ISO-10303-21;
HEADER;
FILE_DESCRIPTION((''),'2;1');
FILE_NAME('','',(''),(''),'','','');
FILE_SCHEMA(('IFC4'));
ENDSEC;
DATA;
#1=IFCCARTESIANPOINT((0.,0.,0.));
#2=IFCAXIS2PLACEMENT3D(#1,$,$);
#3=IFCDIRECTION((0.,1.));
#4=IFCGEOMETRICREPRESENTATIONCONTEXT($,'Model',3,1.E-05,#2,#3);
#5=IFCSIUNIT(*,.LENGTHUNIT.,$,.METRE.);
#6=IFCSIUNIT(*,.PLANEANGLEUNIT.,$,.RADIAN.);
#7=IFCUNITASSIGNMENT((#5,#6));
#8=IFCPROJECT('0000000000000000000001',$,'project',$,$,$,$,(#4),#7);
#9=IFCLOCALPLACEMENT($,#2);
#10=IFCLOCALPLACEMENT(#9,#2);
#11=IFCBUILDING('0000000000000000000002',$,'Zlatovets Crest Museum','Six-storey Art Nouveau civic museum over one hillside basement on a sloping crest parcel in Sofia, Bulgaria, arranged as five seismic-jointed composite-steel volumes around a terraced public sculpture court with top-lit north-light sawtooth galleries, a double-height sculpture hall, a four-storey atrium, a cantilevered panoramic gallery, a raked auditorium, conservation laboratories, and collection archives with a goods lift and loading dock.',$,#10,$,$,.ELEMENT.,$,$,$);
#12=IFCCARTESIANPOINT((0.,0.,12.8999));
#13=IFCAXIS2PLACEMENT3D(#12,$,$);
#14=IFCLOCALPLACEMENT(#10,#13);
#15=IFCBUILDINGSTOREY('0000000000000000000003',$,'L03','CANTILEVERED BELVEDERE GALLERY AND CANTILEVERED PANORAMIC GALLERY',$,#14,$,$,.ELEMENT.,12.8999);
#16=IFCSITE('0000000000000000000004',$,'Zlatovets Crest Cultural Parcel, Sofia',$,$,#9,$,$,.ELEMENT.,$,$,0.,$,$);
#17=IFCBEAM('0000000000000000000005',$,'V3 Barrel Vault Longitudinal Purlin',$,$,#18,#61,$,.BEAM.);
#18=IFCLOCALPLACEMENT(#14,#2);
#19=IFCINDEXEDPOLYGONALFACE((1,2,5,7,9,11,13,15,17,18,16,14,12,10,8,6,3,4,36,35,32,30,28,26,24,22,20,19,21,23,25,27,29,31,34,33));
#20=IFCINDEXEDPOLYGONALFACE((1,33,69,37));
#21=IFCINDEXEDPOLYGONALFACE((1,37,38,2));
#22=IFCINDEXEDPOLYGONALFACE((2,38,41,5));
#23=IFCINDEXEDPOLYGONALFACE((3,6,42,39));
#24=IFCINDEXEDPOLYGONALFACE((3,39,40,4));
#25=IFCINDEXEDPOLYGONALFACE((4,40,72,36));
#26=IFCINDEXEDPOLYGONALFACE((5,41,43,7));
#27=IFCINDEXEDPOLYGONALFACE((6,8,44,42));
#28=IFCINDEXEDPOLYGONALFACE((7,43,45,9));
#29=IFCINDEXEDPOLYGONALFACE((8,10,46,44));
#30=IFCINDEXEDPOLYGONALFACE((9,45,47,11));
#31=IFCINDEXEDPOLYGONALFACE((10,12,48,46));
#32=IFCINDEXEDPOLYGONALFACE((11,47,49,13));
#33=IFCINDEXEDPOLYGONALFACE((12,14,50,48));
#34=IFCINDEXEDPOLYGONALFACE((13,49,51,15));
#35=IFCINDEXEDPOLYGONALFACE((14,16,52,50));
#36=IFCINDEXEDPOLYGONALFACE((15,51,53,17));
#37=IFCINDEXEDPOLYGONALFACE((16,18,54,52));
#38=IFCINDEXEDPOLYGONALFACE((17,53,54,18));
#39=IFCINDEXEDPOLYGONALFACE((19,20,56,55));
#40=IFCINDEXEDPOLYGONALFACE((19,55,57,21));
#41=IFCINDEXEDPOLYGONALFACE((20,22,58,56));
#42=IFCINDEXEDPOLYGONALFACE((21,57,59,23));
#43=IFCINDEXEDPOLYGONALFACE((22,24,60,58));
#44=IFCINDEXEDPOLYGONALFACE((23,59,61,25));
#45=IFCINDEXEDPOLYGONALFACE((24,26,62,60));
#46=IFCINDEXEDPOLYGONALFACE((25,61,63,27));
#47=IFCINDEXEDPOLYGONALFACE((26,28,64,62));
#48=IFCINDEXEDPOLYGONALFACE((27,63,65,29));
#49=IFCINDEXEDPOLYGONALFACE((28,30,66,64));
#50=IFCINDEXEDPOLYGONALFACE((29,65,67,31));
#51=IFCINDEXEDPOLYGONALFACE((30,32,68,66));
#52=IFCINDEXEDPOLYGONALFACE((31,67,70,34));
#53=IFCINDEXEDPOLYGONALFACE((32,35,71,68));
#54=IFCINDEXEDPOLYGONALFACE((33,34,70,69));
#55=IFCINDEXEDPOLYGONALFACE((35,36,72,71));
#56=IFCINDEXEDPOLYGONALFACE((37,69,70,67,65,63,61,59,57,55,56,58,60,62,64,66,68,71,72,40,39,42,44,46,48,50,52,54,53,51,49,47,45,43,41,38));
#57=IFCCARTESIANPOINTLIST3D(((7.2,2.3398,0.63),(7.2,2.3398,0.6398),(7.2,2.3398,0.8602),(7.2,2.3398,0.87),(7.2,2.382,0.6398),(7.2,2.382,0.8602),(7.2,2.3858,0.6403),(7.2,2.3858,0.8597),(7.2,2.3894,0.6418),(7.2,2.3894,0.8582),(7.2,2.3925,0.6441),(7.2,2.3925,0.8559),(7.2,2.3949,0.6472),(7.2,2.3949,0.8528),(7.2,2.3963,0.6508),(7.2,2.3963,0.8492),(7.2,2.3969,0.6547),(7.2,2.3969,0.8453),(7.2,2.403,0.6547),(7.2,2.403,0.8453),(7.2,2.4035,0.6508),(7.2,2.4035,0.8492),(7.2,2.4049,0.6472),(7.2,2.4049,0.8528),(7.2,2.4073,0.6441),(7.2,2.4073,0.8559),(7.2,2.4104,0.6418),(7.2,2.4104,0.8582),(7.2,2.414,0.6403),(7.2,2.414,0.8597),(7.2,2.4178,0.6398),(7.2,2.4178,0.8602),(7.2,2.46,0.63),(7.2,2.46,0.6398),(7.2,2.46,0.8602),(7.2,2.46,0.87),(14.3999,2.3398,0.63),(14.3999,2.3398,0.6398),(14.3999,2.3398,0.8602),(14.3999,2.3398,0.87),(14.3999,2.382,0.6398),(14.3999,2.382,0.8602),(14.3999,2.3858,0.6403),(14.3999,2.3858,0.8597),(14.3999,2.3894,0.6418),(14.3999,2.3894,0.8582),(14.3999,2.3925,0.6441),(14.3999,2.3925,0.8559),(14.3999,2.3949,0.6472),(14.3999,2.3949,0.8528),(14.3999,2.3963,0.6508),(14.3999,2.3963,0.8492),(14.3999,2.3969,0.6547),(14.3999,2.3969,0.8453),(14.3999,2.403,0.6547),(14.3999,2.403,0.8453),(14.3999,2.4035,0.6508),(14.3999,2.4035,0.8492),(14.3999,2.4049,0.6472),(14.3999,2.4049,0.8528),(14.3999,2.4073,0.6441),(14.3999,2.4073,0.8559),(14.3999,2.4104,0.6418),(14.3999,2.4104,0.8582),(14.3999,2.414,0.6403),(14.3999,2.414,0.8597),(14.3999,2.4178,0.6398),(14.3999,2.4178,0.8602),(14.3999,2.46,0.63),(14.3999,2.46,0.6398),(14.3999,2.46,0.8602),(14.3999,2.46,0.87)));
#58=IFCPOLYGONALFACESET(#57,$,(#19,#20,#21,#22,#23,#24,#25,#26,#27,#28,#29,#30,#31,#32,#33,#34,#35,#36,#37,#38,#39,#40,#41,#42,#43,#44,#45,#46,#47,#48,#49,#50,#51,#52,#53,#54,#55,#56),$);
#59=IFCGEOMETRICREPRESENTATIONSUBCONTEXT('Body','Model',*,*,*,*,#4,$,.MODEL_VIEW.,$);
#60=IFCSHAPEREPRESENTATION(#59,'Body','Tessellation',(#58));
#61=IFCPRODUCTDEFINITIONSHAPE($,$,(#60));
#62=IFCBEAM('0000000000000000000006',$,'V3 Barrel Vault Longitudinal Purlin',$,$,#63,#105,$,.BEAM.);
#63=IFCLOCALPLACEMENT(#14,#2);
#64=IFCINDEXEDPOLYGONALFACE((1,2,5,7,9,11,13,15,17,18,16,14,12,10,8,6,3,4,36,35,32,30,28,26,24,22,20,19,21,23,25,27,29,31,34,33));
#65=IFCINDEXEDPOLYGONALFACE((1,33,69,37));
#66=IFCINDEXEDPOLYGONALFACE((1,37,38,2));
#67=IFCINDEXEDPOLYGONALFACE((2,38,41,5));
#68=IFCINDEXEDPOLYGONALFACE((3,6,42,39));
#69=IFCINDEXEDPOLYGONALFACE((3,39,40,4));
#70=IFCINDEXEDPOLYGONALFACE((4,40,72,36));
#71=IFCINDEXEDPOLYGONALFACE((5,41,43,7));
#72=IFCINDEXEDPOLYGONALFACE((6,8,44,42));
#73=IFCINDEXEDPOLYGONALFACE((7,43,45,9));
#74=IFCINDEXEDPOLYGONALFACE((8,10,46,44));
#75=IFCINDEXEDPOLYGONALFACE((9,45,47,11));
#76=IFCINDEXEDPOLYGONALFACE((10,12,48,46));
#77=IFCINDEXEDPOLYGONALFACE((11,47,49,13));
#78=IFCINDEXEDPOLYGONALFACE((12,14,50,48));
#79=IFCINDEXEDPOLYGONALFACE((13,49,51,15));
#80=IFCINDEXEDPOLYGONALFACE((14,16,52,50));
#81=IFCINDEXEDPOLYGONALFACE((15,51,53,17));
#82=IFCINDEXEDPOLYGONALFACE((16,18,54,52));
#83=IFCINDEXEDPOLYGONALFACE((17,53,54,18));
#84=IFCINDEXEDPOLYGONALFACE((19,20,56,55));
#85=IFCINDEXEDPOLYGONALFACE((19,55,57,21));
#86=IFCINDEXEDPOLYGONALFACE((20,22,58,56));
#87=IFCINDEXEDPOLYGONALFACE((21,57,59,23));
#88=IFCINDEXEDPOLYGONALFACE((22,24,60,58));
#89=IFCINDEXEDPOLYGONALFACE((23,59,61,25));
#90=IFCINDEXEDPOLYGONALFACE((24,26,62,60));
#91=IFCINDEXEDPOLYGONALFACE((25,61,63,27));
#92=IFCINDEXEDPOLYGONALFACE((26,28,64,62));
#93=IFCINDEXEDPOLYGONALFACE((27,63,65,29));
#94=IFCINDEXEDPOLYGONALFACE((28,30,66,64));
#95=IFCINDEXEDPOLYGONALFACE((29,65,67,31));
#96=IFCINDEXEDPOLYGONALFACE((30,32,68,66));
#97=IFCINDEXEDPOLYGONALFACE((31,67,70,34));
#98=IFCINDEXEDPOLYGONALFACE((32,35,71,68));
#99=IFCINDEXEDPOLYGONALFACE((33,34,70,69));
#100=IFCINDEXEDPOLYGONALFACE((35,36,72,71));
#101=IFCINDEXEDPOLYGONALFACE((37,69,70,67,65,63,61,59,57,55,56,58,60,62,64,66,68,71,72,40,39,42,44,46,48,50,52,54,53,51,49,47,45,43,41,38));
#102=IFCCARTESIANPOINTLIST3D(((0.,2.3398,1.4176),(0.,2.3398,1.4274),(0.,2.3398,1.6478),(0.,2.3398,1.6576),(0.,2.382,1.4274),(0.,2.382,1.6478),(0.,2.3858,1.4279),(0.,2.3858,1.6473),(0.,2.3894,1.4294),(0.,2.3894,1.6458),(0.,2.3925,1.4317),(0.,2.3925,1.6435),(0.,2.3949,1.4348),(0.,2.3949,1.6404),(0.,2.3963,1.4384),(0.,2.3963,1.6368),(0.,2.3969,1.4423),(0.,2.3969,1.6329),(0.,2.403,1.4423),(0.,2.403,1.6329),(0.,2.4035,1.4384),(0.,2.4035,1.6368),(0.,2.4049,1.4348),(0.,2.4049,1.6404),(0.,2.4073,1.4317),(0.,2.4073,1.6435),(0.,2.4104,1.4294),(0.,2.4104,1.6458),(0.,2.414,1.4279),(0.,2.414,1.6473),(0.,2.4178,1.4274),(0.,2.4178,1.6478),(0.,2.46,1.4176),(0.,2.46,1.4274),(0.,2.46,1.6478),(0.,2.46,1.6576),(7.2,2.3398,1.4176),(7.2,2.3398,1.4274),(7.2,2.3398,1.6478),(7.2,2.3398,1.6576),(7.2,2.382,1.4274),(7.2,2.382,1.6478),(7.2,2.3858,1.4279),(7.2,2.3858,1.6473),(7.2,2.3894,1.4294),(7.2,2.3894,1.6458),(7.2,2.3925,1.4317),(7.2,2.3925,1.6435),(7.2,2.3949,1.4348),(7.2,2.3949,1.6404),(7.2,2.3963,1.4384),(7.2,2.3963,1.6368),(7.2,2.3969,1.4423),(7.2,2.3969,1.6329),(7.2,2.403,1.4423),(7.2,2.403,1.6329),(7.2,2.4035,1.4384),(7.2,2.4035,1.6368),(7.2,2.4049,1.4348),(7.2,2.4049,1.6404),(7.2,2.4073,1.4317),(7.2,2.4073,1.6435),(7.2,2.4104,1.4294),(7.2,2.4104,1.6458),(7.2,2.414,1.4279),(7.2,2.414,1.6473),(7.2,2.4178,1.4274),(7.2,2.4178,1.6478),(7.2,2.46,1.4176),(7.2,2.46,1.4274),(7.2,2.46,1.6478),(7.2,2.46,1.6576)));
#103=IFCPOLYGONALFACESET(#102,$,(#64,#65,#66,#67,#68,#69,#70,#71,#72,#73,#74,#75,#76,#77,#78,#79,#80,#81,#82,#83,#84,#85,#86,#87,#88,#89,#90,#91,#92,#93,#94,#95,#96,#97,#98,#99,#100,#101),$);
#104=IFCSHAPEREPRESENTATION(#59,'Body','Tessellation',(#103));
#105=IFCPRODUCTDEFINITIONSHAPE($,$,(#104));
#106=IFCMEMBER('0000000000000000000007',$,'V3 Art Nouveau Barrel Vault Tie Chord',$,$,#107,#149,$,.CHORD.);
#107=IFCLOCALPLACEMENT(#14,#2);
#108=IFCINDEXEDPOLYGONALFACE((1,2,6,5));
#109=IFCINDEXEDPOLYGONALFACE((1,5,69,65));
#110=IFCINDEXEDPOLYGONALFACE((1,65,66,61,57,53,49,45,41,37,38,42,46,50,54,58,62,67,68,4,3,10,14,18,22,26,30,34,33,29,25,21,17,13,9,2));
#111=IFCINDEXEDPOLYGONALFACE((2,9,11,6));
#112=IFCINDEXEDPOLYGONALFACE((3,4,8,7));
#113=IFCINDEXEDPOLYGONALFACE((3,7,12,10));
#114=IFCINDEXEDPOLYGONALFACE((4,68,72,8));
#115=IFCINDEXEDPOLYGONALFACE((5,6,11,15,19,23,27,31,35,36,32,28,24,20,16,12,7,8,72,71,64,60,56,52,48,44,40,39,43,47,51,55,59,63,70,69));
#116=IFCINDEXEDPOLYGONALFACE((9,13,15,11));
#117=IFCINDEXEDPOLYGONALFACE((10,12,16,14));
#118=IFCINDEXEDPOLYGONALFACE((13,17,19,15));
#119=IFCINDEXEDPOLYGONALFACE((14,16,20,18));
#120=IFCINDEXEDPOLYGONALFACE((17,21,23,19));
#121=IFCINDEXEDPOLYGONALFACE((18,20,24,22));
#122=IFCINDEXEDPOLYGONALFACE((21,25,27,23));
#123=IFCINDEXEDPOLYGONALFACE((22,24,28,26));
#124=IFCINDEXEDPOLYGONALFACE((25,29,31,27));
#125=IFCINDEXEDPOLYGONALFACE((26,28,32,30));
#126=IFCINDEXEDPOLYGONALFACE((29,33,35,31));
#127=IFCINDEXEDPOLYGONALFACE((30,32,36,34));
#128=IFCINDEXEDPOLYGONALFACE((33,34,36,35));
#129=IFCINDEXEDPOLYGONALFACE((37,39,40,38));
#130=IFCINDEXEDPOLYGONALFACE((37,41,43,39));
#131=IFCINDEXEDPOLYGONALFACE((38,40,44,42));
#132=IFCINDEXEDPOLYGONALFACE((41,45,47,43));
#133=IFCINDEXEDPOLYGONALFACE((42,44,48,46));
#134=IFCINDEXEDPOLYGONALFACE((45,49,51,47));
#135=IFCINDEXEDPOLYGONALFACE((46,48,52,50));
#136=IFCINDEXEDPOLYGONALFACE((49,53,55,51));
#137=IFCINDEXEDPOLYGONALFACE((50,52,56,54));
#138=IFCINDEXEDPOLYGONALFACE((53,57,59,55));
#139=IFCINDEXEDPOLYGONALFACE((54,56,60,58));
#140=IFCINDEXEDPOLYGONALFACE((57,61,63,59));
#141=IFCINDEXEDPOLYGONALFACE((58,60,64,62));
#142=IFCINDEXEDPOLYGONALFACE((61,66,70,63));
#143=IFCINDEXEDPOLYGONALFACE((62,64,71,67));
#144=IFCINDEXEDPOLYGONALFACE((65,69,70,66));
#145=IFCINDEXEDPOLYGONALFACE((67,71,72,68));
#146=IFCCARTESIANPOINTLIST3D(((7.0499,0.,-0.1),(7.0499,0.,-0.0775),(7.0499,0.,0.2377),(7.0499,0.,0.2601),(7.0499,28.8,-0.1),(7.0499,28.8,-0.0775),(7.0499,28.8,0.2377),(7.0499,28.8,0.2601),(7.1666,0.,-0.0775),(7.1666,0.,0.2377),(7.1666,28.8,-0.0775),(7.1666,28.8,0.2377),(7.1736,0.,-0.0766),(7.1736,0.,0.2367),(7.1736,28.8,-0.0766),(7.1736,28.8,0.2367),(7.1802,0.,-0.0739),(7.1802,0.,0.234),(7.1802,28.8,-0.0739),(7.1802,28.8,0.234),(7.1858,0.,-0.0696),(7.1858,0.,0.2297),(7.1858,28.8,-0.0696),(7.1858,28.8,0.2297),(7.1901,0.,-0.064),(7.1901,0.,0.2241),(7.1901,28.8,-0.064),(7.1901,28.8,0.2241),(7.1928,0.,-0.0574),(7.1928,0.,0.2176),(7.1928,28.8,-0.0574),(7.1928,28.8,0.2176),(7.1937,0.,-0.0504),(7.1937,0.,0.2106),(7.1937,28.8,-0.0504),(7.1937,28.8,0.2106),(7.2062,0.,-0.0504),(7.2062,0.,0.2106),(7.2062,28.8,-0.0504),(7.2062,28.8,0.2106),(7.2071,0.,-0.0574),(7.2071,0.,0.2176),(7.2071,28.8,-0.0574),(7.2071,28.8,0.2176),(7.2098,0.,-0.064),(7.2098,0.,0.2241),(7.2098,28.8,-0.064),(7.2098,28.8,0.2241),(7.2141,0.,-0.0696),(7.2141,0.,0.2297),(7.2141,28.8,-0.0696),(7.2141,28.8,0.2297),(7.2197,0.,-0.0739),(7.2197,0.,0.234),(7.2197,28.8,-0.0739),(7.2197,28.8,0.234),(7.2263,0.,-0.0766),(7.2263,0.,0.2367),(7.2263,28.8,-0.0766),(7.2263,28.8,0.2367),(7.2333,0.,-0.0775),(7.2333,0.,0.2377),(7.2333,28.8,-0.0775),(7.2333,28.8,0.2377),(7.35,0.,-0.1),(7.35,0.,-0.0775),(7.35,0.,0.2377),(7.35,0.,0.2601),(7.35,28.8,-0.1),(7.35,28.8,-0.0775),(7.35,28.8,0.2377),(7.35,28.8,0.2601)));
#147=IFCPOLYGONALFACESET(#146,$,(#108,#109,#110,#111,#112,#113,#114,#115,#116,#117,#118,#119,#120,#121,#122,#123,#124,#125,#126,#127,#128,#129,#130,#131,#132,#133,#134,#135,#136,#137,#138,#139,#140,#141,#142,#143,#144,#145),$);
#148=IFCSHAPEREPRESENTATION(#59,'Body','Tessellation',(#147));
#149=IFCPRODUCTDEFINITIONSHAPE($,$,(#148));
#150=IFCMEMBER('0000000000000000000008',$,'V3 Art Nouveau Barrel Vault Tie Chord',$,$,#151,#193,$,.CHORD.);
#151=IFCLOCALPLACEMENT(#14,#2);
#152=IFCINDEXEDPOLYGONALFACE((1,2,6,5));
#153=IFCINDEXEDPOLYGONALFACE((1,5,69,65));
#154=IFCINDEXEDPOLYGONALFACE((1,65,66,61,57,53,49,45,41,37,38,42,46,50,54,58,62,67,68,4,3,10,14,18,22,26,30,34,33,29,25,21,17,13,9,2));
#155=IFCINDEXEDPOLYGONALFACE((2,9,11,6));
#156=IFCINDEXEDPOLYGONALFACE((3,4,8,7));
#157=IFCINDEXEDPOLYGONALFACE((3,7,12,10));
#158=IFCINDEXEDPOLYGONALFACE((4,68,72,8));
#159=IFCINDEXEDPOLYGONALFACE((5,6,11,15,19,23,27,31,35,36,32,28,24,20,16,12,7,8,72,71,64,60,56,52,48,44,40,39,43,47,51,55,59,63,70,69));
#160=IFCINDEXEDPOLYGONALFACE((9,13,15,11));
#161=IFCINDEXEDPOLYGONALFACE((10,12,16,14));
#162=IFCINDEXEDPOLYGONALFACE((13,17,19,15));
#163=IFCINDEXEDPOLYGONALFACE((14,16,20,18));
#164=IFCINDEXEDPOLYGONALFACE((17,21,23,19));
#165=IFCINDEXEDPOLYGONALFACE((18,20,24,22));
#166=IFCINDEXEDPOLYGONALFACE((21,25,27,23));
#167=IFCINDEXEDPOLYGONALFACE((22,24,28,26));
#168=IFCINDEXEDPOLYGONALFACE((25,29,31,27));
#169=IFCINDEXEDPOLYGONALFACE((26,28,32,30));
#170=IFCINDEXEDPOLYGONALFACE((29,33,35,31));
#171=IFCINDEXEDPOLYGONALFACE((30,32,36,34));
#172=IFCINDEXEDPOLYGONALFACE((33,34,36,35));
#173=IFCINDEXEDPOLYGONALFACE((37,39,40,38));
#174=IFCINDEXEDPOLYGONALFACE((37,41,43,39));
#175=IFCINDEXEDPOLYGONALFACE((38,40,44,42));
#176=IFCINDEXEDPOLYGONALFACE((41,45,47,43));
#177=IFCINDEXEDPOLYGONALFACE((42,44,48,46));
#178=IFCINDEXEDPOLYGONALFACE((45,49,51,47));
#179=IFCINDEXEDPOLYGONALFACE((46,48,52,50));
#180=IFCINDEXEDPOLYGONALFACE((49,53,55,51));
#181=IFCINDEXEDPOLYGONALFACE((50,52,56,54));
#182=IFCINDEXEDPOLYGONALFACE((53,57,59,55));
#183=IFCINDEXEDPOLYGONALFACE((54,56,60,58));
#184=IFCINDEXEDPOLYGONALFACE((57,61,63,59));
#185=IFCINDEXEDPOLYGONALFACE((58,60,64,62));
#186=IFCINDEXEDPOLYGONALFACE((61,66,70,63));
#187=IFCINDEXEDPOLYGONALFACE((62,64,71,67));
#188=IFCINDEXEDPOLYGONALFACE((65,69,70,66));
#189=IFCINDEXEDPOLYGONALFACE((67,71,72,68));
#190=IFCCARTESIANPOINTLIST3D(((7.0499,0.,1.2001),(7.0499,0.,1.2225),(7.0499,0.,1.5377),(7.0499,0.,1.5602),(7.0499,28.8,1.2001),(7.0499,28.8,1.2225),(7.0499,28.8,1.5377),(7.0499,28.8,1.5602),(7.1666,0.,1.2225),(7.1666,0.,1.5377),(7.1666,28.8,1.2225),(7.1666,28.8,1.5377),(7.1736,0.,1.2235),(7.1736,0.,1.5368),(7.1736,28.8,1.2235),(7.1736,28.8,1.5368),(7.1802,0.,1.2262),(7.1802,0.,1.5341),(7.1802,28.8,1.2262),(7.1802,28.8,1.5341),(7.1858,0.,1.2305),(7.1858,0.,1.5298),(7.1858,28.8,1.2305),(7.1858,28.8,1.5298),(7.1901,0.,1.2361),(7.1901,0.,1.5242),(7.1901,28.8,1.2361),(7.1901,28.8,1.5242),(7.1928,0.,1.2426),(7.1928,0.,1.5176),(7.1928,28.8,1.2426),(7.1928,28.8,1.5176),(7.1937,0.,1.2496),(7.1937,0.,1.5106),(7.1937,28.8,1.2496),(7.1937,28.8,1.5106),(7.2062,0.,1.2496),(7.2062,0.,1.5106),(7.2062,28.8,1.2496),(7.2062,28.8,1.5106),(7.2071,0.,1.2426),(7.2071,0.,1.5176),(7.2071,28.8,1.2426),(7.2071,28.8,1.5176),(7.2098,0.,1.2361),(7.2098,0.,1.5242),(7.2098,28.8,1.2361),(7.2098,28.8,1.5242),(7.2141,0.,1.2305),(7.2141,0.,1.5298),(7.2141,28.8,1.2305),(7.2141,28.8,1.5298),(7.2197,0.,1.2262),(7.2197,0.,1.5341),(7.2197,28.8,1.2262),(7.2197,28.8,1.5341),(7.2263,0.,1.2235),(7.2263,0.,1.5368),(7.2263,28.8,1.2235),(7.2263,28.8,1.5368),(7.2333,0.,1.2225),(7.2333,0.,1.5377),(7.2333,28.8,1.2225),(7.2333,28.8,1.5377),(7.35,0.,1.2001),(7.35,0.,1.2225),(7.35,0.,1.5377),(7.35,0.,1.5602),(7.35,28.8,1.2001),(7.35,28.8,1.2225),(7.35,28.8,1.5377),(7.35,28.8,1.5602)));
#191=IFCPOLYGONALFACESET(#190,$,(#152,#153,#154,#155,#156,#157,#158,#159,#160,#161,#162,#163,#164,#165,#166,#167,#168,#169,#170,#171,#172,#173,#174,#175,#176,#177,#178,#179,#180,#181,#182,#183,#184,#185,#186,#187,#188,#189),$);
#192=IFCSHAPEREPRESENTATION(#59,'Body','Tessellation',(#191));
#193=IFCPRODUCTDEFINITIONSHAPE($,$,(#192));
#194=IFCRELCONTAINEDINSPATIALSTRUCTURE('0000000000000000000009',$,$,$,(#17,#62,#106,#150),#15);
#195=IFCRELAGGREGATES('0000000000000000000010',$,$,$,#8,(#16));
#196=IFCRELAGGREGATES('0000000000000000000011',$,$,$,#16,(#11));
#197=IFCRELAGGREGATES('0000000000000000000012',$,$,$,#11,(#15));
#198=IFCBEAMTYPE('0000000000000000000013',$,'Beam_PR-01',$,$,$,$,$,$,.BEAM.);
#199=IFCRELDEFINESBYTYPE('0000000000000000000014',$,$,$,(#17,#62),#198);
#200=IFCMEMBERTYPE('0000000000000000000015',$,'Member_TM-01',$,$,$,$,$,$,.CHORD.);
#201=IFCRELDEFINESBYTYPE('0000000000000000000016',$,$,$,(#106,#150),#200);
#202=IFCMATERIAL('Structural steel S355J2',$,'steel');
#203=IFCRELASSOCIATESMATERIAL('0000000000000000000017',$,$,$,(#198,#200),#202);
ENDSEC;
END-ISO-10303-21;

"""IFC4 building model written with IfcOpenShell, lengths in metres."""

from ifc_helpers import new_model, si_unit, direction, frame, origin, origin_2d, place, context, subcontext, project, spatial, i_section, extrude, material, material_profile, profile_set, type_object, element, save


model = new_model("IFC4")

# Units and contexts
model_context = context("Model", 3, precision=1e-05, world=origin(), true_north=direction((0.0, 1.0)))
body_context = subcontext(model_context, "Body", "Model", "MODEL_VIEW")
ifc_project = project(units=[si_unit("LENGTHUNIT", "METRE"), si_unit("PLANEANGLEUNIT", "RADIAN")], contexts=[model_context])

# Site, building, storey
site_placement = place(None, origin())
site = spatial("IfcSite", under=ifc_project, at=site_placement, Name="Zlatovets Crest Cultural Parcel, Sofia", CompositionType="ELEMENT", RefElevation=0.0)
building_placement = place(site_placement, origin())
building = spatial("IfcBuilding", under=site, at=building_placement, Name="Zlatovets Crest Museum", Description="Six-storey Art Nouveau civic museum over one hillside basement on a sloping crest parcel in Sofia, Bulgaria, arranged as five seismic-jointed composite-steel volumes around a terraced public sculpture court with top-lit north-light sawtooth galleries, a double-height sculpture hall, a four-storey atrium, a cantilevered panoramic gallery, a raked auditorium, conservation laboratories, and collection archives with a goods lift and loading dock.", CompositionType="ELEMENT")
storey_placement = place(building_placement, frame((0.0, 0.0, 12.8999)))
storey = spatial("IfcBuildingStorey", under=building, at=storey_placement, Name="L03", Description="CANTILEVERED BELVEDERE GALLERY AND CANTILEVERED PANORAMIC GALLERY", CompositionType="ELEMENT", Elevation=12.8999)

# Shared definitions
ifc_material_1 = material(Name="Structural steel S355J2", Category="steel")

# Beams
ifc_material_profile_1 = material_profile(ifc_material_1, i_section(OverallWidth=0.1201, OverallDepth=0.24, WebThickness=0.0061, FlangeThickness=0.0098, FilletRadius=0.0149, at=origin_2d()), Name="IPE 240")
ifc_profile_set_1 = profile_set([ifc_material_profile_1], Name="Structural steel S355J2")
beam_type_1 = type_object("IfcBeamType", Name="Beam_PR-01", PredefinedType="BEAM", material=ifc_profile_set_1)
for number, where, z_axis, x_axis, name in (
    (1, (7.2, 2.3999, 0.75), (1.0, 0.0, 0.0), (0.0, 1.0, 0.0), "V3 Barrel Vault Longitudinal Purlin"),
    (2, (0.0, 2.3999, 1.5376), (1.0, 0.0, 0.0), (0.0, 1.0, 0.0), "V3 Barrel Vault Longitudinal Purlin"),
):
    element("IfcBeam", number, at=place(storey_placement, frame(where, z_axis=z_axis, x_axis=x_axis)), inside=storey, type_object=beam_type_1, Name=name, PredefinedType="BEAM", context=body_context, shape_type="SweptSolid", body=[
        extrude(i_section(OverallWidth=0.1201, OverallDepth=0.24, WebThickness=0.0061, FlangeThickness=0.0098, FilletRadius=0.0149, at=origin_2d()), origin(), (0.0, 0.0, 1.0), 7.2),
    ])

# Members
ifc_material_profile_2 = material_profile(ifc_material_1, i_section(OverallWidth=0.3, OverallDepth=0.3601, WebThickness=0.0125, FlangeThickness=0.0225, FilletRadius=0.0271, at=origin_2d()), Name="HEB 360")
ifc_profile_set_2 = profile_set([ifc_material_profile_2], Name="Structural steel S355J2")
member_type_1 = type_object("IfcMemberType", Name="Member_TM-01", PredefinedType="CHORD", material=ifc_profile_set_2)
for number, where, z_axis, x_axis, name in (
    (3, (7.2, 0.0, 0.0801), (0.0, 1.0, 0.0), (-1.0, 0.0, 0.0), "V3 Art Nouveau Barrel Vault Tie Chord"),
    (4, (7.2, 0.0, 1.3801), (0.0, 1.0, 0.0), (-1.0, 0.0, 0.0), "V3 Art Nouveau Barrel Vault Tie Chord"),
):
    element("IfcMember", number, at=place(storey_placement, frame(where, z_axis=z_axis, x_axis=x_axis)), inside=storey, type_object=member_type_1, Name=name, PredefinedType="CHORD", context=body_context, shape_type="SweptSolid", body=[
        extrude(i_section(OverallWidth=0.3, OverallDepth=0.3601, WebThickness=0.0125, FlangeThickness=0.0225, FilletRadius=0.0271, at=origin_2d()), origin(), (0.0, 0.0, 1.0), 28.8),
    ])

save(model, "model.ifc")
